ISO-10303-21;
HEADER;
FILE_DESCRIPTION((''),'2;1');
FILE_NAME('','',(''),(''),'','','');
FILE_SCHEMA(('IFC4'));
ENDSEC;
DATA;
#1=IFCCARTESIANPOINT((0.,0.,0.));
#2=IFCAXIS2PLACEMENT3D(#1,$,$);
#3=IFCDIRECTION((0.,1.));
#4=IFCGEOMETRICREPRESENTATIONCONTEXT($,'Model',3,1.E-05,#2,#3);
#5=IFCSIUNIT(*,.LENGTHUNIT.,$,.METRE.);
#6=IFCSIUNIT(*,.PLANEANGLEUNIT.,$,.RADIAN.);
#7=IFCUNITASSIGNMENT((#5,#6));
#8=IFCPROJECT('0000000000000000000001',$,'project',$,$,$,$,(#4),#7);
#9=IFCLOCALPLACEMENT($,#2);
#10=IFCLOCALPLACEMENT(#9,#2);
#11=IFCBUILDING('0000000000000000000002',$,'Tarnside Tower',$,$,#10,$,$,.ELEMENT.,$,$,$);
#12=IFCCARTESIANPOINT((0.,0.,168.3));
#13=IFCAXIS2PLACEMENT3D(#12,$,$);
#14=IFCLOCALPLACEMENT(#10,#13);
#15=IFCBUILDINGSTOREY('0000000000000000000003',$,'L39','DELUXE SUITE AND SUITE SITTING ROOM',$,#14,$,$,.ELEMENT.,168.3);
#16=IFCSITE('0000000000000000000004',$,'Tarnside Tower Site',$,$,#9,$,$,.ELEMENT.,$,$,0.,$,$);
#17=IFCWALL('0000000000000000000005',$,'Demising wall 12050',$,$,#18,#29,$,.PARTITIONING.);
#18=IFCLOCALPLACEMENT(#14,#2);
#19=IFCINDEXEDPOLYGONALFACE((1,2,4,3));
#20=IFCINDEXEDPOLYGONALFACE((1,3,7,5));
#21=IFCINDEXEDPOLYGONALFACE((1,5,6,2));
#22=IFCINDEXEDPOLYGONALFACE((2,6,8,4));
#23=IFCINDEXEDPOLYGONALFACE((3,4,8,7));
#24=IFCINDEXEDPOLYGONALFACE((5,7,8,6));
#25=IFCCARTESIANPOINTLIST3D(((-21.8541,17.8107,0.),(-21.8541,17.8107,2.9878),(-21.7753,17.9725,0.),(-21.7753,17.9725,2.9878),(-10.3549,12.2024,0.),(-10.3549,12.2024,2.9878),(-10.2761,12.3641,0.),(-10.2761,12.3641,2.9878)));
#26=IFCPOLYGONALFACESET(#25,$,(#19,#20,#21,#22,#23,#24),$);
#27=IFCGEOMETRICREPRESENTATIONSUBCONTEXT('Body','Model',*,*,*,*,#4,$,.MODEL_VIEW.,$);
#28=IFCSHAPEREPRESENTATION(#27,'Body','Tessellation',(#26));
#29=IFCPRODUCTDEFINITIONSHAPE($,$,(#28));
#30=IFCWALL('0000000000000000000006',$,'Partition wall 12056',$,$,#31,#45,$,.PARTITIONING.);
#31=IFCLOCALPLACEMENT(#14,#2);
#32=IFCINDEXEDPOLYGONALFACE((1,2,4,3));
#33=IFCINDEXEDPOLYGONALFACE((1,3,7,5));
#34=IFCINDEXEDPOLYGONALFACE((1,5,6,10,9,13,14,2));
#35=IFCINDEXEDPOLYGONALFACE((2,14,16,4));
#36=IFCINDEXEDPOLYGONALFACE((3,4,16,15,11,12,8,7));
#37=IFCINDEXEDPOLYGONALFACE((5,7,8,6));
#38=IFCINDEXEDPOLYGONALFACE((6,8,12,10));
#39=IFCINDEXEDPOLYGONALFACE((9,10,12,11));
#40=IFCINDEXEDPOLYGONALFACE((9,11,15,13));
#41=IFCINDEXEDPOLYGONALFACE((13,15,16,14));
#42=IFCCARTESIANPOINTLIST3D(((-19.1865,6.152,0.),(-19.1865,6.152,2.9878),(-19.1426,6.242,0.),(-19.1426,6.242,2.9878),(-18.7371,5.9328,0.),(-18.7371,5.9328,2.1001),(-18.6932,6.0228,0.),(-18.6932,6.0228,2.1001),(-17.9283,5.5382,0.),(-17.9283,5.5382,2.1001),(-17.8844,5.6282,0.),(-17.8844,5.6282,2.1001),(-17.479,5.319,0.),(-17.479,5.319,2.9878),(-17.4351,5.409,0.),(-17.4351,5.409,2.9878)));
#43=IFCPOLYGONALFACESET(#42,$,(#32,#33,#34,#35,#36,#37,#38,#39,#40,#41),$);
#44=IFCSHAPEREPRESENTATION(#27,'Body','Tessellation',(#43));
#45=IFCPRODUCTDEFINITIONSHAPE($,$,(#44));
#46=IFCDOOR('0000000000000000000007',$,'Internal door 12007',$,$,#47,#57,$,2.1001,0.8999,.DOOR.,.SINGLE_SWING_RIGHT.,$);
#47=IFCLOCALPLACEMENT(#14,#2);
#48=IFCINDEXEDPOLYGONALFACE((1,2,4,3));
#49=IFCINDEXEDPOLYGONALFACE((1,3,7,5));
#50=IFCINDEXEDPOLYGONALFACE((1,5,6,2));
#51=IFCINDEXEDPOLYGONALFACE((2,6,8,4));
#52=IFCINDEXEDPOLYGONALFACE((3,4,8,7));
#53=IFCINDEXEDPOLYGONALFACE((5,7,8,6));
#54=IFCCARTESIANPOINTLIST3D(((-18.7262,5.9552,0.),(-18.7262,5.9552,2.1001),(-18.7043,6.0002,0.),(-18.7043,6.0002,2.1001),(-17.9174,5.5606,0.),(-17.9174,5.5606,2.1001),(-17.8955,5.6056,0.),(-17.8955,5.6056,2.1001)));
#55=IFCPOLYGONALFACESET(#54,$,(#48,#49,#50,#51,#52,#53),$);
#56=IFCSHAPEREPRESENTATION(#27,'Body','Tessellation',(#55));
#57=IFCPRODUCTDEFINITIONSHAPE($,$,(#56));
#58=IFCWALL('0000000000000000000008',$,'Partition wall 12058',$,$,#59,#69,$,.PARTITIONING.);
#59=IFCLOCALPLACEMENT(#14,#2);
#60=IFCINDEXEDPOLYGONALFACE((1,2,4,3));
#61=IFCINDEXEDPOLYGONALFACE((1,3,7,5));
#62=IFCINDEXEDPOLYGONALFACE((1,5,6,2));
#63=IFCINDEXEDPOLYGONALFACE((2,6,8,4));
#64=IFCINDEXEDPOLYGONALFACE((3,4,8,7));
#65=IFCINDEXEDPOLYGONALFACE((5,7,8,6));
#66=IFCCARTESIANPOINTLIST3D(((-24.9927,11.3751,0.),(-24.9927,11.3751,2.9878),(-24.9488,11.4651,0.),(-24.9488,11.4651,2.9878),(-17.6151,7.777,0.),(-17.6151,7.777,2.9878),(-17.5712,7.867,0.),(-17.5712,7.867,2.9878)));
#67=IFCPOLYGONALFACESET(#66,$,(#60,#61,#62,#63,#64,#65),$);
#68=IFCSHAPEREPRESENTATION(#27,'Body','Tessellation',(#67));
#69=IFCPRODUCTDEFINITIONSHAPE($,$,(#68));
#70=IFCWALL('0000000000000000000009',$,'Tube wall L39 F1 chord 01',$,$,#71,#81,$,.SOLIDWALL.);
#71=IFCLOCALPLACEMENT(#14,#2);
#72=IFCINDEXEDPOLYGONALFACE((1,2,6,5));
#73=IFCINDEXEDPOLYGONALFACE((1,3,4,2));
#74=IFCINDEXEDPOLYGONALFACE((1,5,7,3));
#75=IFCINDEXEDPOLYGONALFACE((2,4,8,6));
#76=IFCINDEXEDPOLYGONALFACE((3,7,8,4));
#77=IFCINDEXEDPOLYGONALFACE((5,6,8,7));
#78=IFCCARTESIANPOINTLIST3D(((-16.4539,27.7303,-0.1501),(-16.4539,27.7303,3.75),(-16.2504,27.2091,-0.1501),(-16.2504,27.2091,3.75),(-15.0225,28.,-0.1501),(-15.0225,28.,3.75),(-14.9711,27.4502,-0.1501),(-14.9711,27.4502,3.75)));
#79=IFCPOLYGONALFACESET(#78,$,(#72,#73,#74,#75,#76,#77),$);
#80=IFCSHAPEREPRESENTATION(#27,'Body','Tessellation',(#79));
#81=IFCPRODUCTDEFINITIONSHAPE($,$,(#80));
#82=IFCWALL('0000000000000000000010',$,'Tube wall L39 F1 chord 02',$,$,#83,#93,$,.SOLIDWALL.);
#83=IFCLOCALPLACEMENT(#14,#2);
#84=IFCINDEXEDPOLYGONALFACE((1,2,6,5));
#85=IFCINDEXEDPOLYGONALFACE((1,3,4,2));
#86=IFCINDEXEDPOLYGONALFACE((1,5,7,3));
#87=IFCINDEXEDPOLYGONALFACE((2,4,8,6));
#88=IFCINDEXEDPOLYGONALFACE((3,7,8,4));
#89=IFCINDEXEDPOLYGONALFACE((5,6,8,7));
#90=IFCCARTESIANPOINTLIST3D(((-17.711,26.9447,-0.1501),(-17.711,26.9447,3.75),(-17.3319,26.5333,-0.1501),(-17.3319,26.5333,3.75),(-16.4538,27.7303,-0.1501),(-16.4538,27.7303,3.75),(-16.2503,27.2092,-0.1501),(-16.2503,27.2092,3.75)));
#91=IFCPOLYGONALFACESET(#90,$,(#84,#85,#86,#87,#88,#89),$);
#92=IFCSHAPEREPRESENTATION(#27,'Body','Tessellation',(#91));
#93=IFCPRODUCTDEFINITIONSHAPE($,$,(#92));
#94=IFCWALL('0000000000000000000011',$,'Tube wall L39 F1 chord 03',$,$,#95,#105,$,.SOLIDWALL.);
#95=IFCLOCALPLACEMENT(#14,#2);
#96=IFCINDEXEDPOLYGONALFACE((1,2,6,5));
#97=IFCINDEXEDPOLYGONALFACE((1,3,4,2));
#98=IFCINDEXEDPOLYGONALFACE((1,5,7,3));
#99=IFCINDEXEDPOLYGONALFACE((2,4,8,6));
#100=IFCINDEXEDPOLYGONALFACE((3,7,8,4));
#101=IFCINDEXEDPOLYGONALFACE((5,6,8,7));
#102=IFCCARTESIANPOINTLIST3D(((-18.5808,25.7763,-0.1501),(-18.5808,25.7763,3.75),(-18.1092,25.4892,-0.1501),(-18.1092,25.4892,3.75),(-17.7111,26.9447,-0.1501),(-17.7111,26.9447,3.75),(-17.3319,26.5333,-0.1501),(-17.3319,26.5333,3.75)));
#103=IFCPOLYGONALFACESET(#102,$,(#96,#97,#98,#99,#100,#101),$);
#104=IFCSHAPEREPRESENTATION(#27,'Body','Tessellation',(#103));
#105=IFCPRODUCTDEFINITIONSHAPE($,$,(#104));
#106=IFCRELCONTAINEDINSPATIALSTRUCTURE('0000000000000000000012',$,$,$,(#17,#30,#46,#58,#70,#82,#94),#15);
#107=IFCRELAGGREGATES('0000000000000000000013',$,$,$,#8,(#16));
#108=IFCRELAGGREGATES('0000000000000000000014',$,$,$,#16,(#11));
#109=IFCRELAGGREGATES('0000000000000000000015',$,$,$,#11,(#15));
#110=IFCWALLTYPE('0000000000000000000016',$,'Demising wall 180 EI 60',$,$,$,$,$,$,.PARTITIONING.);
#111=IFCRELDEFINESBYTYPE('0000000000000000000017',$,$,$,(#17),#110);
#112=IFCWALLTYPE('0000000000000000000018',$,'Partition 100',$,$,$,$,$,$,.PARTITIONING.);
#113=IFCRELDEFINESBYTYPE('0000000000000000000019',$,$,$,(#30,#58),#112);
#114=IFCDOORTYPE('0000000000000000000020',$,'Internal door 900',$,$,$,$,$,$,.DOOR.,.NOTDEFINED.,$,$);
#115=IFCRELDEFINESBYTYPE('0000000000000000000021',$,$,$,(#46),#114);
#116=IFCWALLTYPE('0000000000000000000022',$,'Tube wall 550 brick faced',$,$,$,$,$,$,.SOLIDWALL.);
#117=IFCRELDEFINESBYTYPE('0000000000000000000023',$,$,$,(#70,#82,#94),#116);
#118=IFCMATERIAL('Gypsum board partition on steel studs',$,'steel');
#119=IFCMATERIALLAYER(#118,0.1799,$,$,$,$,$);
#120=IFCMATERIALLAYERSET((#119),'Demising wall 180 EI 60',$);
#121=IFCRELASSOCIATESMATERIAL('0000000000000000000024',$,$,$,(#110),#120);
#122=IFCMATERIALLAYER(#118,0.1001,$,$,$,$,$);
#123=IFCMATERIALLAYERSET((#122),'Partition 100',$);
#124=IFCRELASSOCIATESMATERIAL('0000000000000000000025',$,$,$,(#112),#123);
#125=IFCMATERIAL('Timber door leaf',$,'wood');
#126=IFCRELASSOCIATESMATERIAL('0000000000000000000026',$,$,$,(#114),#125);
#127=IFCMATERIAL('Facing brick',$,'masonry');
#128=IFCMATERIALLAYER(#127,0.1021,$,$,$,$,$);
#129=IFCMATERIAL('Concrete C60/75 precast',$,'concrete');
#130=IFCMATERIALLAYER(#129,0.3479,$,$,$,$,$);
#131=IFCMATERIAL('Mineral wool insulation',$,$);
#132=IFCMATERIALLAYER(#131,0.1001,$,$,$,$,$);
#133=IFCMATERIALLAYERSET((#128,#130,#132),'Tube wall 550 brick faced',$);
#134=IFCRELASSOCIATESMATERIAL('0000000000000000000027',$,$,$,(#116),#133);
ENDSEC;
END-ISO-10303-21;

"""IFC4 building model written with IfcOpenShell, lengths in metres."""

from ifc_helpers import new_model, si_unit, direction, frame, frame_2d, origin, place, context, subcontext, project, spatial, polyline, rectangle, outline, extrude, material, layer, layer_set, type_object, element, fill, save


model = new_model("IFC4")

# Units and contexts
model_context = context("Model", 3, precision=1e-05, world=origin(), true_north=direction((0.0, 1.0)))
body_context = subcontext(model_context, "Body", "Model", "MODEL_VIEW")
ifc_project = project(units=[si_unit("LENGTHUNIT", "METRE"), si_unit("PLANEANGLEUNIT", "RADIAN")], contexts=[model_context])

# Site, building, storey
site_placement = place(None, origin())
site = spatial("IfcSite", under=ifc_project, at=site_placement, Name="Tarnside Tower Site", CompositionType="ELEMENT", RefElevation=0.0)
building_placement = place(site_placement, origin())
building = spatial("IfcBuilding", under=site, at=building_placement, Name="Tarnside Tower", CompositionType="ELEMENT")
storey_placement = place(building_placement, frame((0.0, 0.0, 168.3)))
storey = spatial("IfcBuildingStorey", under=building, at=storey_placement, Name="L39", Description="DELUXE SUITE AND SUITE SITTING ROOM", CompositionType="ELEMENT", Elevation=168.3)

# Shared definitions
ifc_material_1 = material(Name="Gypsum board partition on steel studs", Category="steel")
ifc_material_2 = material(Name="Timber door leaf", Category="wood")

# Wall
ifc_layer_1 = layer(ifc_material_1, 0.1799)
ifc_layer_set_1 = layer_set([ifc_layer_1], Name="Demising wall 180 EI 60")
wall_type_1 = type_object("IfcWallType", Name="Demising wall 180 EI 60", PredefinedType="PARTITIONING", material=ifc_layer_set_1)
wall_1_placement = place(storey_placement, frame((-21.8147, 17.8916, 0.0), z_axis=(0.0, 0.0, 1.0), x_axis=(0.898799, -0.43836, 0.0)))
element("IfcWall", 1, at=wall_1_placement, inside=storey, type_object=wall_type_1, Name="Demising wall 12050", PredefinedType="PARTITIONING", context=body_context, shape_type="SweptSolid", body=[
    extrude(rectangle(XDim=12.7939, YDim=0.1799, at=frame_2d((6.397, 0.0))), origin(), (0.0, 0.0, 1.0), 2.9878),
])

# Wall, opening, door
ifc_layer_2 = layer(ifc_material_1, 0.1001)
ifc_layer_set_2 = layer_set([ifc_layer_2], Name="Partition 100")
wall_type_2 = type_object("IfcWallType", Name="Partition 100", PredefinedType="PARTITIONING", material=ifc_layer_set_2)
wall_2_placement = place(storey_placement, frame((-19.1646, 6.197, 0.0), z_axis=(0.0, 0.0, 1.0), x_axis=(0.898754, -0.438454, 0.0)))
wall_2 = element("IfcWall", 2, at=wall_2_placement, inside=storey, type_object=wall_type_2, Name="Partition wall 12056", PredefinedType="PARTITIONING", context=body_context, shape_type="SweptSolid", body=[
    extrude(rectangle(XDim=1.8999, YDim=0.1001, at=frame_2d((0.95, 0.0))), origin(), (0.0, 0.0, 1.0), 2.9878),
])
opening_1_placement = place(wall_2_placement, frame((0.5, 0.0, 0.0)))
opening_1 = element("IfcOpeningElement", 3, at=opening_1_placement, cuts=wall_2, PredefinedType="OPENING", context=body_context, shape_type="SweptSolid", body=[
    extrude(rectangle(XDim=0.8999, YDim=2.1001, at=frame_2d((0.45, 1.05))), frame((0.0, 0.0601, 0.0), z_axis=(0.0, -1.0, 0.0), x_axis=(1.0, 0.0, 0.0)), (0.0, 0.0, 1.0), 0.1201),
])
door_type_1 = type_object("IfcDoorType", Name="Internal door 900", OperationType="NOTDEFINED", PredefinedType="DOOR", material=ifc_material_2)
door_1_placement = place(opening_1_placement, origin())
door_1 = element("IfcDoor", 4, at=door_1_placement, inside=storey, type_object=door_type_1, Name="Internal door 12007", OperationType="SINGLE_SWING_RIGHT", OverallHeight=2.1001, OverallWidth=0.8999, PredefinedType="DOOR", context=body_context, shape_type="SweptSolid", body=[
    extrude(rectangle(XDim=0.8999, YDim=2.1001, at=frame_2d((0.45, 1.05))), frame((0.0, 0.0249, 0.0), z_axis=(0.0, -1.0, 0.0), x_axis=(1.0, 0.0, 0.0)), (0.0, 0.0, 1.0), 0.05),
])
fill(opening_1, door_1)

# Walls
wall_3_placement = place(storey_placement, frame((-17.5933, 7.822, 0.0), z_axis=(0.0, 0.0, 1.0), x_axis=(-0.898803, 0.438352, 0.0)))
element("IfcWall", 5, at=wall_3_placement, inside=storey, type_object=wall_type_2, Name="Partition wall 12058", PredefinedType="PARTITIONING", context=body_context, shape_type="SweptSolid", body=[
    extrude(rectangle(XDim=8.2083, YDim=0.1001, at=frame_2d((4.104, 0.0))), origin(), (0.0, 0.0, 1.0), 2.9878),
])
ifc_material_3 = material(Name="Facing brick", Category="masonry")
ifc_layer_3 = layer(ifc_material_3, 0.1021)
ifc_material_4 = material(Name="Concrete C60/75 precast", Category="concrete")
ifc_layer_4 = layer(ifc_material_4, 0.3479)
ifc_material_5 = material(Name="Mineral wool insulation")
ifc_layer_5 = layer(ifc_material_5, 0.1001)
ifc_layer_set_3 = layer_set([ifc_layer_3, ifc_layer_4, ifc_layer_5], Name="Tube wall 550 brick faced")
wall_type_3 = type_object("IfcWallType", Name="Tube wall 550 brick faced", PredefinedType="SOLIDWALL", material=ifc_layer_set_3)
wall_4_placement = place(storey_placement, frame((-14.9968, 27.7251, -0.1501), z_axis=(0.0, 0.0, 1.0), x_axis=(-0.982705, -0.185176, 0.0)))
element("IfcWall", 6, at=wall_4_placement, inside=storey, type_object=wall_type_3, Name="Tube wall L39 F1 chord 01", PredefinedType="SOLIDWALL", context=body_context, shape_type="SweptSolid", body=[
    extrude(outline(polyline([(-0.0256, -0.2749), (1.4309, -0.2749), (1.3274, 0.2749), (0.0256, 0.2749), (-0.0256, -0.2749)])), origin(), (0.0, 0.0, 1.0), 3.9001),
])
wall_5_placement = place(storey_placement, frame((-16.3521, 27.4697, -0.1501), z_axis=(0.0, 0.0, 1.0), x_axis=(-0.848058, -0.529903, 0.0)))
element("IfcWall", 7, at=wall_5_placement, inside=storey, type_object=wall_type_3, Name="Tube wall L39 F1 chord 02", PredefinedType="SOLIDWALL", context=body_context, shape_type="SweptSolid", body=[
    extrude(outline(polyline([(-0.0518, -0.2749), (1.4307, -0.2749), (1.3271, 0.2749), (0.0518, 0.2749), (-0.0518, -0.2749)])), origin(), (0.0, 0.0, 1.0), 3.9001),
])
wall_6_placement = place(storey_placement, frame((-17.5215, 26.739, -0.1501), z_axis=(0.0, 0.0, 1.0), x_axis=(-0.597135, -0.802141, 0.0)))
element("IfcWall", 8, at=wall_6_placement, inside=storey, type_object=wall_type_3, Name="Tube wall L39 F1 chord 03", PredefinedType="SOLIDWALL", context=body_context, shape_type="SweptSolid", body=[
    extrude(outline(polyline([(-0.0518, -0.2749), (1.4048, -0.2749), (1.3535, 0.2749), (0.0518, 0.2749), (-0.0518, -0.2749)])), origin(), (0.0, 0.0, 1.0), 3.9001),
])

save(model, "model.ifc")
